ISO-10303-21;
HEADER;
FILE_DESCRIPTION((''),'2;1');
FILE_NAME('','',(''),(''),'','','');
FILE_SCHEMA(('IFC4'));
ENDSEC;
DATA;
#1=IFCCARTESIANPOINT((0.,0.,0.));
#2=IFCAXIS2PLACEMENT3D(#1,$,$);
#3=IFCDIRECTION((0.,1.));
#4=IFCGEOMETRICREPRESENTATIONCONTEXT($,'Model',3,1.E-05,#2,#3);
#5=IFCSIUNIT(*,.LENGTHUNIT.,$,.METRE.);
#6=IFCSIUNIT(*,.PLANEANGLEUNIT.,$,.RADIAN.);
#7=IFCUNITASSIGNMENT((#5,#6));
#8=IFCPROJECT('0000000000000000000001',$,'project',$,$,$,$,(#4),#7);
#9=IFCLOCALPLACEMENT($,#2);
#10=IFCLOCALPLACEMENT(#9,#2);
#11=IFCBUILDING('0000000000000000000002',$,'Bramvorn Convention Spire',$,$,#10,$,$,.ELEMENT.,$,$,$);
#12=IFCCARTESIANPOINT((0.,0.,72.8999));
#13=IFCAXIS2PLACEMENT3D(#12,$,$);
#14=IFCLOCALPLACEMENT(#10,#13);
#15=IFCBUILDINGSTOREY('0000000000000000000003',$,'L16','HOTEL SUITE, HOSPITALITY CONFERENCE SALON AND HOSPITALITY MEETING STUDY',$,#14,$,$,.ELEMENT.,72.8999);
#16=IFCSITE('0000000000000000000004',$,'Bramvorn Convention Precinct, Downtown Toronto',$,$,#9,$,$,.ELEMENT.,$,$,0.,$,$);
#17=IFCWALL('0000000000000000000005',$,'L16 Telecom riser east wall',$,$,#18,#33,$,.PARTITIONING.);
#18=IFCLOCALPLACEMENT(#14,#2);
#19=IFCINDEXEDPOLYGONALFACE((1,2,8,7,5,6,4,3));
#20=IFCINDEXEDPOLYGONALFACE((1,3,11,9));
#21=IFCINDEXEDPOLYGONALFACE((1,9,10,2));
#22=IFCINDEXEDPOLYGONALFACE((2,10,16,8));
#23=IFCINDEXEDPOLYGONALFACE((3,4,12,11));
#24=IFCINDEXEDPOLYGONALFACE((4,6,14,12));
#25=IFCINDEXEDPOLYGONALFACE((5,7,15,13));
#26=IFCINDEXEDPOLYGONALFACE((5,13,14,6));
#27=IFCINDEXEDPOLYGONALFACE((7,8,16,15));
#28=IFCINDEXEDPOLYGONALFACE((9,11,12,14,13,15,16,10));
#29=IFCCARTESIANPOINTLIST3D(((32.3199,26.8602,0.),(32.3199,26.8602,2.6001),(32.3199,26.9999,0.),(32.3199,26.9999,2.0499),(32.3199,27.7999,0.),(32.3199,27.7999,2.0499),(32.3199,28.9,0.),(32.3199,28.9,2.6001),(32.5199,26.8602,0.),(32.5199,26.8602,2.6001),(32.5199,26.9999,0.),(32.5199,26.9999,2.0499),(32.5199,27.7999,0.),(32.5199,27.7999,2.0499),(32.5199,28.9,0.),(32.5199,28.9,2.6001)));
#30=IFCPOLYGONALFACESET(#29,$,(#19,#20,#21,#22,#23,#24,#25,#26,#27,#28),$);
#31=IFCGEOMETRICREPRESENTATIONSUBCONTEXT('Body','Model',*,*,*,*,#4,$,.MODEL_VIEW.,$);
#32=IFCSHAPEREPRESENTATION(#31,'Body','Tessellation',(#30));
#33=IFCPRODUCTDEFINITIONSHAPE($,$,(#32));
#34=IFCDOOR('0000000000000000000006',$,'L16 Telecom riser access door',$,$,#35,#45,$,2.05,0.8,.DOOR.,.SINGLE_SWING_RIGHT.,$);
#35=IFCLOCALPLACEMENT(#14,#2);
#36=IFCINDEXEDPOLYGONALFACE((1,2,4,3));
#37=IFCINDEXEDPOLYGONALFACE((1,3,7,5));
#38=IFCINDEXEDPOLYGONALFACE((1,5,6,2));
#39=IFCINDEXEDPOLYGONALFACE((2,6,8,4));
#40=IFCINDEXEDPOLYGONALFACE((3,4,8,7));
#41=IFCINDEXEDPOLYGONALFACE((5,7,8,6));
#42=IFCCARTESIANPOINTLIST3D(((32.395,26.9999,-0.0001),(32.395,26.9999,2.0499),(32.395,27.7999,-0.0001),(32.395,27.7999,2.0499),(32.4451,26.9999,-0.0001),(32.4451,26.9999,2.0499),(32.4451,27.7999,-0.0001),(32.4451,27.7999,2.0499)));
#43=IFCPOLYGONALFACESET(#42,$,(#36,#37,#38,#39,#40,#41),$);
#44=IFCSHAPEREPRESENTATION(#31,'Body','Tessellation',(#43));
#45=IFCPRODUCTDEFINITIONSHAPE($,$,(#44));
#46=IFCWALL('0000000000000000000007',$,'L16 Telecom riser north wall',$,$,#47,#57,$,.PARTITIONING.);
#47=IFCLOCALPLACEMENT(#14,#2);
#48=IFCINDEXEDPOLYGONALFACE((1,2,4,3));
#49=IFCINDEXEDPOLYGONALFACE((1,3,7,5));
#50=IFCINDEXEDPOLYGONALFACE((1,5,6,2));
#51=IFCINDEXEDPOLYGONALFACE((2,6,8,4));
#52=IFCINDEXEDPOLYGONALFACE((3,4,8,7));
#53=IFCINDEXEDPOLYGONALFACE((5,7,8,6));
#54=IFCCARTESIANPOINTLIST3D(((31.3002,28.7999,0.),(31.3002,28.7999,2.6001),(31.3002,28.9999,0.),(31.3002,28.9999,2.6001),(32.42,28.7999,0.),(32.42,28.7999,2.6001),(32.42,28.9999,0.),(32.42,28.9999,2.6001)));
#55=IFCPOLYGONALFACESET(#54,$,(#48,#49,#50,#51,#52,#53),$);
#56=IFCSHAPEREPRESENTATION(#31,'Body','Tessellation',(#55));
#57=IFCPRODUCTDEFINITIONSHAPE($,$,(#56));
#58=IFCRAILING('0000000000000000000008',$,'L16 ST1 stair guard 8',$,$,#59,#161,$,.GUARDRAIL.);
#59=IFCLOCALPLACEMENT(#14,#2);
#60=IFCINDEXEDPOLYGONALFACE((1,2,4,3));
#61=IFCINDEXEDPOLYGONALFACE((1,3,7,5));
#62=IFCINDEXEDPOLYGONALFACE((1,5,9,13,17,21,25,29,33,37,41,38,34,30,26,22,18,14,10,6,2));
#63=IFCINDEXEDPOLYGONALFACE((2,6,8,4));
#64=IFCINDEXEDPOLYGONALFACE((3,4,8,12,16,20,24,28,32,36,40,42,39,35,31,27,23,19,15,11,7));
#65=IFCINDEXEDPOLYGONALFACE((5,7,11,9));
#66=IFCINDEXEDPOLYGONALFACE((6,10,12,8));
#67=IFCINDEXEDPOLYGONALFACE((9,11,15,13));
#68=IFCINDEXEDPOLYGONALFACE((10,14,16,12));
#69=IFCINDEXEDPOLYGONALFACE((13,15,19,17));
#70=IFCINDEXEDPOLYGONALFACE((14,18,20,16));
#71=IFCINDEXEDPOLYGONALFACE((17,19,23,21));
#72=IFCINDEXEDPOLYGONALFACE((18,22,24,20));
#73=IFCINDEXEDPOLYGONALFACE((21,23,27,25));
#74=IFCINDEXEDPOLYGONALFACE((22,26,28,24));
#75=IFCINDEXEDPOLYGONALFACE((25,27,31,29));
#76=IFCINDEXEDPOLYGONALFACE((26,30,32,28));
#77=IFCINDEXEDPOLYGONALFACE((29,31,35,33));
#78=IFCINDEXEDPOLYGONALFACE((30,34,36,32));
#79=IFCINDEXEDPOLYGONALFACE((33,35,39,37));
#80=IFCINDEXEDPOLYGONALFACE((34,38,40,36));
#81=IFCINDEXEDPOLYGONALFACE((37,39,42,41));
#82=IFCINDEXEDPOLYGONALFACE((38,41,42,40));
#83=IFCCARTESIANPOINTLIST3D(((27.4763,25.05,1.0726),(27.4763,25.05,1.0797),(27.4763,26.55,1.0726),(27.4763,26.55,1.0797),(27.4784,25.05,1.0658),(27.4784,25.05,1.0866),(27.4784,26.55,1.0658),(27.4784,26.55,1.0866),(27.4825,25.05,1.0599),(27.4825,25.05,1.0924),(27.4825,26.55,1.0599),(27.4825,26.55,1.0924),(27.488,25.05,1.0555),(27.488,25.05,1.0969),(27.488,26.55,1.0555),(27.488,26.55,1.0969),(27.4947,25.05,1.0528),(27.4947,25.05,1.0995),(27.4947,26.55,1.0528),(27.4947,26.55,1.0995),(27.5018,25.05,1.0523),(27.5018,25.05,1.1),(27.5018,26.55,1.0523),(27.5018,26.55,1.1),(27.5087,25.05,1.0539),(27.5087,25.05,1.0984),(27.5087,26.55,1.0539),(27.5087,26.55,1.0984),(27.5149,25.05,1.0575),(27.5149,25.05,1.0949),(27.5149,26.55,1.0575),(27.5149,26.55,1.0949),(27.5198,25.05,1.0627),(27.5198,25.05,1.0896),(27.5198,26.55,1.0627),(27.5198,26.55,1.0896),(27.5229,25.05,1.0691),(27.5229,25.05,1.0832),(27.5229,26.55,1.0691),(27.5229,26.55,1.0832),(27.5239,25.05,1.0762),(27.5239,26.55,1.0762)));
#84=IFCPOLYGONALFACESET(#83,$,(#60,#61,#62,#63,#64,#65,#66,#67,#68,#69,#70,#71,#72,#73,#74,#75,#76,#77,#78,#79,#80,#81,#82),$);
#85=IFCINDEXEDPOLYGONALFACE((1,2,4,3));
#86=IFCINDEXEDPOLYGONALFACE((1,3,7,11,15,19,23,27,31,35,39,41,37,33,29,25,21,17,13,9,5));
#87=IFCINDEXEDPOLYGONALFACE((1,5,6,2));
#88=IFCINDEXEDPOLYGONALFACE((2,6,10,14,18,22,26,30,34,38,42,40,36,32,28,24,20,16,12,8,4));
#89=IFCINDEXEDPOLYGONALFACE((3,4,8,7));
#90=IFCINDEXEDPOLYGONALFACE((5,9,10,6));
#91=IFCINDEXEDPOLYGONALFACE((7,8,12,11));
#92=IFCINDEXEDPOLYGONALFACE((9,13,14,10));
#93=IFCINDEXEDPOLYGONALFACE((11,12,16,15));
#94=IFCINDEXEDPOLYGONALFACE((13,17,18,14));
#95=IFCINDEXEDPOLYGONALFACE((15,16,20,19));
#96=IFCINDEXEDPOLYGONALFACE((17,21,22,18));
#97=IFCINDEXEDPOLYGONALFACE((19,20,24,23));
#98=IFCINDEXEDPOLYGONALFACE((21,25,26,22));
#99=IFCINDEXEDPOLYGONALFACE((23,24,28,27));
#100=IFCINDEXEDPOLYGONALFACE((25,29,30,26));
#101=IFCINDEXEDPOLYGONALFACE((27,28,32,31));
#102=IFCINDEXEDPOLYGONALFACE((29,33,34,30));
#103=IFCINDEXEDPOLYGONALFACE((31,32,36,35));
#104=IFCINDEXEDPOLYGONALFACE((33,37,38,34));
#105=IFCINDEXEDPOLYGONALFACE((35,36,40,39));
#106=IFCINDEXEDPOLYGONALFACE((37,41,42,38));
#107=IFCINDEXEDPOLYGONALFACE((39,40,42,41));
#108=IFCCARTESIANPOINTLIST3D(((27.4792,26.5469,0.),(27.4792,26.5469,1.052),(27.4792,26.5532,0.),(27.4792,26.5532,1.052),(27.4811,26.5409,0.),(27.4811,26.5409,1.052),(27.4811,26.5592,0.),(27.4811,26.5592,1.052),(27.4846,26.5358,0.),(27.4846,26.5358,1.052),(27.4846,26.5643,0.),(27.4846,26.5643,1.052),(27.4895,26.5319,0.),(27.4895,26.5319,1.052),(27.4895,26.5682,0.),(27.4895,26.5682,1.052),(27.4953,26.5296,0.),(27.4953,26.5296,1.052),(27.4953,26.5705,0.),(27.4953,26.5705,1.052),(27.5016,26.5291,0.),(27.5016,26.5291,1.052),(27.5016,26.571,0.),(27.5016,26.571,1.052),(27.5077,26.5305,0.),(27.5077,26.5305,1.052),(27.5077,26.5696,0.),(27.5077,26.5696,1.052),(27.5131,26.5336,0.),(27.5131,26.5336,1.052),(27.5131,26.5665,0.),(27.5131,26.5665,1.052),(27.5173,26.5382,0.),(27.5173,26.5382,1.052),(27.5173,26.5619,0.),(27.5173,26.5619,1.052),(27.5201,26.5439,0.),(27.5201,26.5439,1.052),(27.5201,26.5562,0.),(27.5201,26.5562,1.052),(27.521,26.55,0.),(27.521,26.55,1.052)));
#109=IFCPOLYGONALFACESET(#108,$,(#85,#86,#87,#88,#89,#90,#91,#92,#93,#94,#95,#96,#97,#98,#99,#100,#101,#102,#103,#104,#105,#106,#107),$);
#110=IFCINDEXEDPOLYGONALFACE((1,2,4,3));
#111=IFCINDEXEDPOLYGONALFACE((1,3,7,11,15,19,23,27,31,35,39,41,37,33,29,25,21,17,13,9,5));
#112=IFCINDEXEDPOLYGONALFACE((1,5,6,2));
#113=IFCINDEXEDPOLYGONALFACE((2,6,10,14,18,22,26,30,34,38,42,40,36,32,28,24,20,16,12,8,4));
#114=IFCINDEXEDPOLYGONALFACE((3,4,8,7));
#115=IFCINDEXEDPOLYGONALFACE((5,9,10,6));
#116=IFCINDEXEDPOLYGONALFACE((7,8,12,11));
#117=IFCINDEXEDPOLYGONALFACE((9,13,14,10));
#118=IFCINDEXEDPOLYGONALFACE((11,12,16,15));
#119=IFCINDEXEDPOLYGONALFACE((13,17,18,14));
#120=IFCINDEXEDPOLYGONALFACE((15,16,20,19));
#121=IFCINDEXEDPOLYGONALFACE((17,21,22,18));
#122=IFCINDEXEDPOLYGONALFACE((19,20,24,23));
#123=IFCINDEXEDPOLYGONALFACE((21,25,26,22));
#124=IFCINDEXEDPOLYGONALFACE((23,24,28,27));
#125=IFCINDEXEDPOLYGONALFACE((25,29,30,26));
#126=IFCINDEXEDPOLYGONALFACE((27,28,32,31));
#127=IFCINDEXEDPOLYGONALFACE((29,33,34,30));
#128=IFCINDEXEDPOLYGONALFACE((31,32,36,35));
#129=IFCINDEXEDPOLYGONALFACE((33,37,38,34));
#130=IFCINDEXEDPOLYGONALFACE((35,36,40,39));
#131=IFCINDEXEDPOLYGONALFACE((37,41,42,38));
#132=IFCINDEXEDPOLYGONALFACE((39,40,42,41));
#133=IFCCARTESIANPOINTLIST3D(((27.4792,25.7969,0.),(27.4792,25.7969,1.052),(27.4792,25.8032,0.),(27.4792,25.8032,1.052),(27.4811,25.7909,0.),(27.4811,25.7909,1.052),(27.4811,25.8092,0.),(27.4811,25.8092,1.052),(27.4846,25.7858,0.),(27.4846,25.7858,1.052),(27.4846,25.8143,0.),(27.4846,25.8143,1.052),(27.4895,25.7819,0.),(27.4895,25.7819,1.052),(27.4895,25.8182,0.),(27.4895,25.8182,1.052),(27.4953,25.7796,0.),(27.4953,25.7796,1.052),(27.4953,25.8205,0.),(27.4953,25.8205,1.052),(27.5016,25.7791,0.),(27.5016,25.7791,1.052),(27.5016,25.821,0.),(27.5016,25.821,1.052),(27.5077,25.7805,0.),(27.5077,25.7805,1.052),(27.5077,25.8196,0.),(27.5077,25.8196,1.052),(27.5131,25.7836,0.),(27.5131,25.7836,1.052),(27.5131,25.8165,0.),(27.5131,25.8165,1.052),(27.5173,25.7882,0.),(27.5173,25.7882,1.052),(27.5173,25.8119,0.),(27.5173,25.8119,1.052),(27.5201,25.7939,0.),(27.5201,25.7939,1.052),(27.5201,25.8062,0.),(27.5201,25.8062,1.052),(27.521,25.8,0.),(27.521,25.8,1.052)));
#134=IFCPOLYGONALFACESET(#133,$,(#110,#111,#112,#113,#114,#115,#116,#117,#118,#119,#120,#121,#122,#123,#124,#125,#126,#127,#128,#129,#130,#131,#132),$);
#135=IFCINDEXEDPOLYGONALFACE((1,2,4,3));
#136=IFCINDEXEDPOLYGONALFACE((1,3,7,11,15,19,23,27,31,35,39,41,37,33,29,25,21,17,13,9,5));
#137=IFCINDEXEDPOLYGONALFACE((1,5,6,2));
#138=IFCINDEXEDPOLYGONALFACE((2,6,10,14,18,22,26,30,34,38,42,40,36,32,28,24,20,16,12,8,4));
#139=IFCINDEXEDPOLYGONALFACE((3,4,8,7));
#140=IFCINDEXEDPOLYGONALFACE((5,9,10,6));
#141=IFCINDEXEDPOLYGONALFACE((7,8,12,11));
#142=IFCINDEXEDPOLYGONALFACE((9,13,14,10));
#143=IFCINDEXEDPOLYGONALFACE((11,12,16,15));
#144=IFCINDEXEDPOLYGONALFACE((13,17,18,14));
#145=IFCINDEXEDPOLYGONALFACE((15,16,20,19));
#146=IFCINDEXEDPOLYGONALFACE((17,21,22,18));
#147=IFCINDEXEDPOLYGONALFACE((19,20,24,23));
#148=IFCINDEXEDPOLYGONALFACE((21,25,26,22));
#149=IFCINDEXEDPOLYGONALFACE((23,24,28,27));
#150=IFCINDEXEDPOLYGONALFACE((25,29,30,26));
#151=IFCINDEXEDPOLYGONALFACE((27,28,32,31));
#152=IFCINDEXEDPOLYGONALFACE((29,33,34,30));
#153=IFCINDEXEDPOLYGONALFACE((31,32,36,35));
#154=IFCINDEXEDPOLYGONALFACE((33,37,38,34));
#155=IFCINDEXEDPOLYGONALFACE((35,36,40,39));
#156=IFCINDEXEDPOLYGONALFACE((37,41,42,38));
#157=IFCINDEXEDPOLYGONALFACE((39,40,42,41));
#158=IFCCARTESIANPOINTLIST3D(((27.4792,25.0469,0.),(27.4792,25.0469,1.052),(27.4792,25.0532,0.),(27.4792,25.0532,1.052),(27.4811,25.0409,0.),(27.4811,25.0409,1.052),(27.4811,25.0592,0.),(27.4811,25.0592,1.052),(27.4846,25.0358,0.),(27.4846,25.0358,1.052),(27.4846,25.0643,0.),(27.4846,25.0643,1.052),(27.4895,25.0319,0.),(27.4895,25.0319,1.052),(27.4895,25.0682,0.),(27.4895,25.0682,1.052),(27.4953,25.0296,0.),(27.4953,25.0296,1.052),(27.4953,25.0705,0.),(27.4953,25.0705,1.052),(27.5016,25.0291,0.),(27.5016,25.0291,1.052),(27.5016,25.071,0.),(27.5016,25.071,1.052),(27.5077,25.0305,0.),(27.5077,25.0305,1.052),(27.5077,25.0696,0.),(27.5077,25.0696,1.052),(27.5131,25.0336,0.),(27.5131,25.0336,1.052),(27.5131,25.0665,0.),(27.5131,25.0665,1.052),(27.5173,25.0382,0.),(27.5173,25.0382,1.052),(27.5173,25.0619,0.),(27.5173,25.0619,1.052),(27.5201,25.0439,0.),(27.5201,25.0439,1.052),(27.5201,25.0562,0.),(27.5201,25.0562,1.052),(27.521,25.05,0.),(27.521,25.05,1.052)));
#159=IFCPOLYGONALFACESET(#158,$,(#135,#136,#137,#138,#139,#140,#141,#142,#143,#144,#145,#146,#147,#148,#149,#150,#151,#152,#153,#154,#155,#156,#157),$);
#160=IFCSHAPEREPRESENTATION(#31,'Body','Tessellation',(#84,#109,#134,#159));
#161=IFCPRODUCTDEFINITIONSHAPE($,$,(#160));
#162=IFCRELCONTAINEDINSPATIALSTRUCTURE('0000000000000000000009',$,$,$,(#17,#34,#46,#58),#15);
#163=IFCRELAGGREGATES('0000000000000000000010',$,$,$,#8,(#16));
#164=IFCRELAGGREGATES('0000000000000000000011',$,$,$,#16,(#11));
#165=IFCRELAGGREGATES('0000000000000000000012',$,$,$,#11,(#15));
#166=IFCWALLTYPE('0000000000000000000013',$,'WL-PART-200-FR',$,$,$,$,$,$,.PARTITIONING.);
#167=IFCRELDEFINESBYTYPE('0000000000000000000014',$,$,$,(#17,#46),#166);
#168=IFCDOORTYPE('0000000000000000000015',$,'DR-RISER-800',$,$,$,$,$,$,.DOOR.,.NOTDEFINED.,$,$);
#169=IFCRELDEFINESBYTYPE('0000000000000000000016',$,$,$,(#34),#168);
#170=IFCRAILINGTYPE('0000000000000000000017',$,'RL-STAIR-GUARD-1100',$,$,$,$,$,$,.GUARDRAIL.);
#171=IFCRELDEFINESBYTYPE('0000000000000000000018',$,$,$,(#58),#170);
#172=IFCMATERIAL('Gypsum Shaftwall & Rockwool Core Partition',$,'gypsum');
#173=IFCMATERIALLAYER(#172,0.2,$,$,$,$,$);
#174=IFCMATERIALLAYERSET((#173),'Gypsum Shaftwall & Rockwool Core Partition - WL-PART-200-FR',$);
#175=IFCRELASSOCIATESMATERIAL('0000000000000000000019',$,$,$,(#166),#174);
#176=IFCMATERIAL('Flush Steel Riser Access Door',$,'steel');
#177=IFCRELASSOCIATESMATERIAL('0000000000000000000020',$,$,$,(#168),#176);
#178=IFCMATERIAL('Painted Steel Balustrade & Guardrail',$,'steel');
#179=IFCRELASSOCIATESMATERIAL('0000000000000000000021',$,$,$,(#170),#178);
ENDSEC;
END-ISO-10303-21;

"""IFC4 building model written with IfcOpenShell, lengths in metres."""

from ifc_helpers import new_model, si_unit, direction, frame, frame_2d, origin, origin_2d, place, context, subcontext, project, spatial, rectangle, circle, extrude, material, layer, layer_set, type_object, element, fill, save


model = new_model("IFC4")

# Units and contexts
model_context = context("Model", 3, precision=1e-05, world=origin(), true_north=direction((0.0, 1.0)))
body_context = subcontext(model_context, "Body", "Model", "MODEL_VIEW")
ifc_project = project(units=[si_unit("LENGTHUNIT", "METRE"), si_unit("PLANEANGLEUNIT", "RADIAN")], contexts=[model_context])

# Site, building, storey
site_placement = place(None, origin())
site = spatial("IfcSite", under=ifc_project, at=site_placement, Name="Bramvorn Convention Precinct, Downtown Toronto", CompositionType="ELEMENT", RefElevation=0.0)
building_placement = place(site_placement, origin())
building = spatial("IfcBuilding", under=site, at=building_placement, Name="Bramvorn Convention Spire", CompositionType="ELEMENT")
storey_placement = place(building_placement, frame((0.0, 0.0, 72.8999)))
storey = spatial("IfcBuildingStorey", under=building, at=storey_placement, Name="L16", Description="HOTEL SUITE, HOSPITALITY CONFERENCE SALON AND HOSPITALITY MEETING STUDY", CompositionType="ELEMENT", Elevation=72.8999)

# Wall, opening, door
ifc_material_1 = material(Name="Gypsum Shaftwall & Rockwool Core Partition", Category="gypsum")
ifc_layer_1 = layer(ifc_material_1, 0.2)
ifc_layer_set_1 = layer_set([ifc_layer_1], Name="Gypsum Shaftwall & Rockwool Core Partition - WL-PART-200-FR")
wall_type_1 = type_object("IfcWallType", Name="WL-PART-200-FR", PredefinedType="PARTITIONING", material=ifc_layer_set_1)
wall_1_placement = place(storey_placement, frame((32.4199, 26.8601, 0.0), z_axis=(0.0, 0.0, 1.0), x_axis=(0.0, 1.0, 0.0)))
wall_1 = element("IfcWall", 1, at=wall_1_placement, inside=storey, type_object=wall_type_1, Name="L16 Telecom riser east wall", PredefinedType="PARTITIONING", context=body_context, shape_type="SweptSolid", body=[
    extrude(rectangle(XDim=2.0398, YDim=0.2, at=frame_2d((1.02, 0.0))), origin(), (0.0, 0.0, 1.0), 2.6001),
])
opening_1_placement = place(wall_1_placement, frame((0.1399, 0.0, 0.0)))
opening_1 = element("IfcOpeningElement", 2, at=opening_1_placement, cuts=wall_1, PredefinedType="OPENING", context=body_context, shape_type="SweptSolid", body=[
    extrude(rectangle(XDim=0.8, YDim=2.05, at=frame_2d((0.3999, 1.0249))), frame((0.0, 0.1099, 0.0), z_axis=(0.0, -1.0, 0.0), x_axis=(1.0, 0.0, 0.0)), (0.0, 0.0, 1.0), 0.22),
])
ifc_material_2 = material(Name="Flush Steel Riser Access Door", Category="steel")
door_type_1 = type_object("IfcDoorType", Name="DR-RISER-800", OperationType="NOTDEFINED", PredefinedType="DOOR", material=ifc_material_2)
door_1_placement = place(opening_1_placement, origin())
door_1 = element("IfcDoor", 3, at=door_1_placement, inside=storey, type_object=door_type_1, Name="L16 Telecom riser access door", OperationType="SINGLE_SWING_RIGHT", OverallHeight=2.05, OverallWidth=0.8, PredefinedType="DOOR", context=body_context, shape_type="SweptSolid", body=[
    extrude(rectangle(XDim=0.8, YDim=2.05, at=frame_2d((0.3999, 1.0249))), frame((0.0, 0.0249, 0.0), z_axis=(0.0, -1.0, 0.0), x_axis=(1.0, 0.0, 0.0)), (0.0, 0.0, 1.0), 0.05),
])
fill(opening_1, door_1)

# Wall
wall_2_placement = place(storey_placement, frame((31.3, 28.8999, 0.0), z_axis=(0.0, 0.0, 1.0), x_axis=(1.0, 0.0, 0.0)))
element("IfcWall", 4, at=wall_2_placement, inside=storey, type_object=wall_type_1, Name="L16 Telecom riser north wall", PredefinedType="PARTITIONING", context=body_context, shape_type="SweptSolid", body=[
    extrude(rectangle(XDim=1.1199, YDim=0.2, at=frame_2d((0.5601, 0.0))), origin(), (0.0, 0.0, 1.0), 2.6001),
])

# Railing
ifc_material_3 = material(Name="Painted Steel Balustrade & Guardrail", Category="steel")
railing_type = type_object("IfcRailingType", Name="RL-STAIR-GUARD-1100", PredefinedType="GUARDRAIL", material=ifc_material_3)
for number, where, name in (
    (5, (27.5, 26.55, 0.0), "L16 ST1 stair guard 8"),
):
    element("IfcRailing", number, at=place(storey_placement, frame(where)), inside=storey, type_object=railing_type, Name=name, PredefinedType="GUARDRAIL", context=body_context, shape_type="SweptSolid", body=[
        extrude(circle(Radius=0.0239, at=origin_2d()), frame((0.0, 0.0, 1.0762), z_axis=(0.0, -1.0, 0.0), x_axis=(1.0, 0.0, 0.0)), (0.0, 0.0, 1.0), 1.5),
        extrude(circle(Radius=0.021, at=origin_2d()), origin(), (0.0, 0.0, 1.0), 1.052),
        extrude(circle(Radius=0.021, at=origin_2d()), frame((0.0, -0.75, 0.0)), (0.0, 0.0, 1.0), 1.052),
        extrude(circle(Radius=0.021, at=origin_2d()), frame((0.0, -1.5, 0.0)), (0.0, 0.0, 1.0), 1.052),
    ])

save(model, "model.ifc")
